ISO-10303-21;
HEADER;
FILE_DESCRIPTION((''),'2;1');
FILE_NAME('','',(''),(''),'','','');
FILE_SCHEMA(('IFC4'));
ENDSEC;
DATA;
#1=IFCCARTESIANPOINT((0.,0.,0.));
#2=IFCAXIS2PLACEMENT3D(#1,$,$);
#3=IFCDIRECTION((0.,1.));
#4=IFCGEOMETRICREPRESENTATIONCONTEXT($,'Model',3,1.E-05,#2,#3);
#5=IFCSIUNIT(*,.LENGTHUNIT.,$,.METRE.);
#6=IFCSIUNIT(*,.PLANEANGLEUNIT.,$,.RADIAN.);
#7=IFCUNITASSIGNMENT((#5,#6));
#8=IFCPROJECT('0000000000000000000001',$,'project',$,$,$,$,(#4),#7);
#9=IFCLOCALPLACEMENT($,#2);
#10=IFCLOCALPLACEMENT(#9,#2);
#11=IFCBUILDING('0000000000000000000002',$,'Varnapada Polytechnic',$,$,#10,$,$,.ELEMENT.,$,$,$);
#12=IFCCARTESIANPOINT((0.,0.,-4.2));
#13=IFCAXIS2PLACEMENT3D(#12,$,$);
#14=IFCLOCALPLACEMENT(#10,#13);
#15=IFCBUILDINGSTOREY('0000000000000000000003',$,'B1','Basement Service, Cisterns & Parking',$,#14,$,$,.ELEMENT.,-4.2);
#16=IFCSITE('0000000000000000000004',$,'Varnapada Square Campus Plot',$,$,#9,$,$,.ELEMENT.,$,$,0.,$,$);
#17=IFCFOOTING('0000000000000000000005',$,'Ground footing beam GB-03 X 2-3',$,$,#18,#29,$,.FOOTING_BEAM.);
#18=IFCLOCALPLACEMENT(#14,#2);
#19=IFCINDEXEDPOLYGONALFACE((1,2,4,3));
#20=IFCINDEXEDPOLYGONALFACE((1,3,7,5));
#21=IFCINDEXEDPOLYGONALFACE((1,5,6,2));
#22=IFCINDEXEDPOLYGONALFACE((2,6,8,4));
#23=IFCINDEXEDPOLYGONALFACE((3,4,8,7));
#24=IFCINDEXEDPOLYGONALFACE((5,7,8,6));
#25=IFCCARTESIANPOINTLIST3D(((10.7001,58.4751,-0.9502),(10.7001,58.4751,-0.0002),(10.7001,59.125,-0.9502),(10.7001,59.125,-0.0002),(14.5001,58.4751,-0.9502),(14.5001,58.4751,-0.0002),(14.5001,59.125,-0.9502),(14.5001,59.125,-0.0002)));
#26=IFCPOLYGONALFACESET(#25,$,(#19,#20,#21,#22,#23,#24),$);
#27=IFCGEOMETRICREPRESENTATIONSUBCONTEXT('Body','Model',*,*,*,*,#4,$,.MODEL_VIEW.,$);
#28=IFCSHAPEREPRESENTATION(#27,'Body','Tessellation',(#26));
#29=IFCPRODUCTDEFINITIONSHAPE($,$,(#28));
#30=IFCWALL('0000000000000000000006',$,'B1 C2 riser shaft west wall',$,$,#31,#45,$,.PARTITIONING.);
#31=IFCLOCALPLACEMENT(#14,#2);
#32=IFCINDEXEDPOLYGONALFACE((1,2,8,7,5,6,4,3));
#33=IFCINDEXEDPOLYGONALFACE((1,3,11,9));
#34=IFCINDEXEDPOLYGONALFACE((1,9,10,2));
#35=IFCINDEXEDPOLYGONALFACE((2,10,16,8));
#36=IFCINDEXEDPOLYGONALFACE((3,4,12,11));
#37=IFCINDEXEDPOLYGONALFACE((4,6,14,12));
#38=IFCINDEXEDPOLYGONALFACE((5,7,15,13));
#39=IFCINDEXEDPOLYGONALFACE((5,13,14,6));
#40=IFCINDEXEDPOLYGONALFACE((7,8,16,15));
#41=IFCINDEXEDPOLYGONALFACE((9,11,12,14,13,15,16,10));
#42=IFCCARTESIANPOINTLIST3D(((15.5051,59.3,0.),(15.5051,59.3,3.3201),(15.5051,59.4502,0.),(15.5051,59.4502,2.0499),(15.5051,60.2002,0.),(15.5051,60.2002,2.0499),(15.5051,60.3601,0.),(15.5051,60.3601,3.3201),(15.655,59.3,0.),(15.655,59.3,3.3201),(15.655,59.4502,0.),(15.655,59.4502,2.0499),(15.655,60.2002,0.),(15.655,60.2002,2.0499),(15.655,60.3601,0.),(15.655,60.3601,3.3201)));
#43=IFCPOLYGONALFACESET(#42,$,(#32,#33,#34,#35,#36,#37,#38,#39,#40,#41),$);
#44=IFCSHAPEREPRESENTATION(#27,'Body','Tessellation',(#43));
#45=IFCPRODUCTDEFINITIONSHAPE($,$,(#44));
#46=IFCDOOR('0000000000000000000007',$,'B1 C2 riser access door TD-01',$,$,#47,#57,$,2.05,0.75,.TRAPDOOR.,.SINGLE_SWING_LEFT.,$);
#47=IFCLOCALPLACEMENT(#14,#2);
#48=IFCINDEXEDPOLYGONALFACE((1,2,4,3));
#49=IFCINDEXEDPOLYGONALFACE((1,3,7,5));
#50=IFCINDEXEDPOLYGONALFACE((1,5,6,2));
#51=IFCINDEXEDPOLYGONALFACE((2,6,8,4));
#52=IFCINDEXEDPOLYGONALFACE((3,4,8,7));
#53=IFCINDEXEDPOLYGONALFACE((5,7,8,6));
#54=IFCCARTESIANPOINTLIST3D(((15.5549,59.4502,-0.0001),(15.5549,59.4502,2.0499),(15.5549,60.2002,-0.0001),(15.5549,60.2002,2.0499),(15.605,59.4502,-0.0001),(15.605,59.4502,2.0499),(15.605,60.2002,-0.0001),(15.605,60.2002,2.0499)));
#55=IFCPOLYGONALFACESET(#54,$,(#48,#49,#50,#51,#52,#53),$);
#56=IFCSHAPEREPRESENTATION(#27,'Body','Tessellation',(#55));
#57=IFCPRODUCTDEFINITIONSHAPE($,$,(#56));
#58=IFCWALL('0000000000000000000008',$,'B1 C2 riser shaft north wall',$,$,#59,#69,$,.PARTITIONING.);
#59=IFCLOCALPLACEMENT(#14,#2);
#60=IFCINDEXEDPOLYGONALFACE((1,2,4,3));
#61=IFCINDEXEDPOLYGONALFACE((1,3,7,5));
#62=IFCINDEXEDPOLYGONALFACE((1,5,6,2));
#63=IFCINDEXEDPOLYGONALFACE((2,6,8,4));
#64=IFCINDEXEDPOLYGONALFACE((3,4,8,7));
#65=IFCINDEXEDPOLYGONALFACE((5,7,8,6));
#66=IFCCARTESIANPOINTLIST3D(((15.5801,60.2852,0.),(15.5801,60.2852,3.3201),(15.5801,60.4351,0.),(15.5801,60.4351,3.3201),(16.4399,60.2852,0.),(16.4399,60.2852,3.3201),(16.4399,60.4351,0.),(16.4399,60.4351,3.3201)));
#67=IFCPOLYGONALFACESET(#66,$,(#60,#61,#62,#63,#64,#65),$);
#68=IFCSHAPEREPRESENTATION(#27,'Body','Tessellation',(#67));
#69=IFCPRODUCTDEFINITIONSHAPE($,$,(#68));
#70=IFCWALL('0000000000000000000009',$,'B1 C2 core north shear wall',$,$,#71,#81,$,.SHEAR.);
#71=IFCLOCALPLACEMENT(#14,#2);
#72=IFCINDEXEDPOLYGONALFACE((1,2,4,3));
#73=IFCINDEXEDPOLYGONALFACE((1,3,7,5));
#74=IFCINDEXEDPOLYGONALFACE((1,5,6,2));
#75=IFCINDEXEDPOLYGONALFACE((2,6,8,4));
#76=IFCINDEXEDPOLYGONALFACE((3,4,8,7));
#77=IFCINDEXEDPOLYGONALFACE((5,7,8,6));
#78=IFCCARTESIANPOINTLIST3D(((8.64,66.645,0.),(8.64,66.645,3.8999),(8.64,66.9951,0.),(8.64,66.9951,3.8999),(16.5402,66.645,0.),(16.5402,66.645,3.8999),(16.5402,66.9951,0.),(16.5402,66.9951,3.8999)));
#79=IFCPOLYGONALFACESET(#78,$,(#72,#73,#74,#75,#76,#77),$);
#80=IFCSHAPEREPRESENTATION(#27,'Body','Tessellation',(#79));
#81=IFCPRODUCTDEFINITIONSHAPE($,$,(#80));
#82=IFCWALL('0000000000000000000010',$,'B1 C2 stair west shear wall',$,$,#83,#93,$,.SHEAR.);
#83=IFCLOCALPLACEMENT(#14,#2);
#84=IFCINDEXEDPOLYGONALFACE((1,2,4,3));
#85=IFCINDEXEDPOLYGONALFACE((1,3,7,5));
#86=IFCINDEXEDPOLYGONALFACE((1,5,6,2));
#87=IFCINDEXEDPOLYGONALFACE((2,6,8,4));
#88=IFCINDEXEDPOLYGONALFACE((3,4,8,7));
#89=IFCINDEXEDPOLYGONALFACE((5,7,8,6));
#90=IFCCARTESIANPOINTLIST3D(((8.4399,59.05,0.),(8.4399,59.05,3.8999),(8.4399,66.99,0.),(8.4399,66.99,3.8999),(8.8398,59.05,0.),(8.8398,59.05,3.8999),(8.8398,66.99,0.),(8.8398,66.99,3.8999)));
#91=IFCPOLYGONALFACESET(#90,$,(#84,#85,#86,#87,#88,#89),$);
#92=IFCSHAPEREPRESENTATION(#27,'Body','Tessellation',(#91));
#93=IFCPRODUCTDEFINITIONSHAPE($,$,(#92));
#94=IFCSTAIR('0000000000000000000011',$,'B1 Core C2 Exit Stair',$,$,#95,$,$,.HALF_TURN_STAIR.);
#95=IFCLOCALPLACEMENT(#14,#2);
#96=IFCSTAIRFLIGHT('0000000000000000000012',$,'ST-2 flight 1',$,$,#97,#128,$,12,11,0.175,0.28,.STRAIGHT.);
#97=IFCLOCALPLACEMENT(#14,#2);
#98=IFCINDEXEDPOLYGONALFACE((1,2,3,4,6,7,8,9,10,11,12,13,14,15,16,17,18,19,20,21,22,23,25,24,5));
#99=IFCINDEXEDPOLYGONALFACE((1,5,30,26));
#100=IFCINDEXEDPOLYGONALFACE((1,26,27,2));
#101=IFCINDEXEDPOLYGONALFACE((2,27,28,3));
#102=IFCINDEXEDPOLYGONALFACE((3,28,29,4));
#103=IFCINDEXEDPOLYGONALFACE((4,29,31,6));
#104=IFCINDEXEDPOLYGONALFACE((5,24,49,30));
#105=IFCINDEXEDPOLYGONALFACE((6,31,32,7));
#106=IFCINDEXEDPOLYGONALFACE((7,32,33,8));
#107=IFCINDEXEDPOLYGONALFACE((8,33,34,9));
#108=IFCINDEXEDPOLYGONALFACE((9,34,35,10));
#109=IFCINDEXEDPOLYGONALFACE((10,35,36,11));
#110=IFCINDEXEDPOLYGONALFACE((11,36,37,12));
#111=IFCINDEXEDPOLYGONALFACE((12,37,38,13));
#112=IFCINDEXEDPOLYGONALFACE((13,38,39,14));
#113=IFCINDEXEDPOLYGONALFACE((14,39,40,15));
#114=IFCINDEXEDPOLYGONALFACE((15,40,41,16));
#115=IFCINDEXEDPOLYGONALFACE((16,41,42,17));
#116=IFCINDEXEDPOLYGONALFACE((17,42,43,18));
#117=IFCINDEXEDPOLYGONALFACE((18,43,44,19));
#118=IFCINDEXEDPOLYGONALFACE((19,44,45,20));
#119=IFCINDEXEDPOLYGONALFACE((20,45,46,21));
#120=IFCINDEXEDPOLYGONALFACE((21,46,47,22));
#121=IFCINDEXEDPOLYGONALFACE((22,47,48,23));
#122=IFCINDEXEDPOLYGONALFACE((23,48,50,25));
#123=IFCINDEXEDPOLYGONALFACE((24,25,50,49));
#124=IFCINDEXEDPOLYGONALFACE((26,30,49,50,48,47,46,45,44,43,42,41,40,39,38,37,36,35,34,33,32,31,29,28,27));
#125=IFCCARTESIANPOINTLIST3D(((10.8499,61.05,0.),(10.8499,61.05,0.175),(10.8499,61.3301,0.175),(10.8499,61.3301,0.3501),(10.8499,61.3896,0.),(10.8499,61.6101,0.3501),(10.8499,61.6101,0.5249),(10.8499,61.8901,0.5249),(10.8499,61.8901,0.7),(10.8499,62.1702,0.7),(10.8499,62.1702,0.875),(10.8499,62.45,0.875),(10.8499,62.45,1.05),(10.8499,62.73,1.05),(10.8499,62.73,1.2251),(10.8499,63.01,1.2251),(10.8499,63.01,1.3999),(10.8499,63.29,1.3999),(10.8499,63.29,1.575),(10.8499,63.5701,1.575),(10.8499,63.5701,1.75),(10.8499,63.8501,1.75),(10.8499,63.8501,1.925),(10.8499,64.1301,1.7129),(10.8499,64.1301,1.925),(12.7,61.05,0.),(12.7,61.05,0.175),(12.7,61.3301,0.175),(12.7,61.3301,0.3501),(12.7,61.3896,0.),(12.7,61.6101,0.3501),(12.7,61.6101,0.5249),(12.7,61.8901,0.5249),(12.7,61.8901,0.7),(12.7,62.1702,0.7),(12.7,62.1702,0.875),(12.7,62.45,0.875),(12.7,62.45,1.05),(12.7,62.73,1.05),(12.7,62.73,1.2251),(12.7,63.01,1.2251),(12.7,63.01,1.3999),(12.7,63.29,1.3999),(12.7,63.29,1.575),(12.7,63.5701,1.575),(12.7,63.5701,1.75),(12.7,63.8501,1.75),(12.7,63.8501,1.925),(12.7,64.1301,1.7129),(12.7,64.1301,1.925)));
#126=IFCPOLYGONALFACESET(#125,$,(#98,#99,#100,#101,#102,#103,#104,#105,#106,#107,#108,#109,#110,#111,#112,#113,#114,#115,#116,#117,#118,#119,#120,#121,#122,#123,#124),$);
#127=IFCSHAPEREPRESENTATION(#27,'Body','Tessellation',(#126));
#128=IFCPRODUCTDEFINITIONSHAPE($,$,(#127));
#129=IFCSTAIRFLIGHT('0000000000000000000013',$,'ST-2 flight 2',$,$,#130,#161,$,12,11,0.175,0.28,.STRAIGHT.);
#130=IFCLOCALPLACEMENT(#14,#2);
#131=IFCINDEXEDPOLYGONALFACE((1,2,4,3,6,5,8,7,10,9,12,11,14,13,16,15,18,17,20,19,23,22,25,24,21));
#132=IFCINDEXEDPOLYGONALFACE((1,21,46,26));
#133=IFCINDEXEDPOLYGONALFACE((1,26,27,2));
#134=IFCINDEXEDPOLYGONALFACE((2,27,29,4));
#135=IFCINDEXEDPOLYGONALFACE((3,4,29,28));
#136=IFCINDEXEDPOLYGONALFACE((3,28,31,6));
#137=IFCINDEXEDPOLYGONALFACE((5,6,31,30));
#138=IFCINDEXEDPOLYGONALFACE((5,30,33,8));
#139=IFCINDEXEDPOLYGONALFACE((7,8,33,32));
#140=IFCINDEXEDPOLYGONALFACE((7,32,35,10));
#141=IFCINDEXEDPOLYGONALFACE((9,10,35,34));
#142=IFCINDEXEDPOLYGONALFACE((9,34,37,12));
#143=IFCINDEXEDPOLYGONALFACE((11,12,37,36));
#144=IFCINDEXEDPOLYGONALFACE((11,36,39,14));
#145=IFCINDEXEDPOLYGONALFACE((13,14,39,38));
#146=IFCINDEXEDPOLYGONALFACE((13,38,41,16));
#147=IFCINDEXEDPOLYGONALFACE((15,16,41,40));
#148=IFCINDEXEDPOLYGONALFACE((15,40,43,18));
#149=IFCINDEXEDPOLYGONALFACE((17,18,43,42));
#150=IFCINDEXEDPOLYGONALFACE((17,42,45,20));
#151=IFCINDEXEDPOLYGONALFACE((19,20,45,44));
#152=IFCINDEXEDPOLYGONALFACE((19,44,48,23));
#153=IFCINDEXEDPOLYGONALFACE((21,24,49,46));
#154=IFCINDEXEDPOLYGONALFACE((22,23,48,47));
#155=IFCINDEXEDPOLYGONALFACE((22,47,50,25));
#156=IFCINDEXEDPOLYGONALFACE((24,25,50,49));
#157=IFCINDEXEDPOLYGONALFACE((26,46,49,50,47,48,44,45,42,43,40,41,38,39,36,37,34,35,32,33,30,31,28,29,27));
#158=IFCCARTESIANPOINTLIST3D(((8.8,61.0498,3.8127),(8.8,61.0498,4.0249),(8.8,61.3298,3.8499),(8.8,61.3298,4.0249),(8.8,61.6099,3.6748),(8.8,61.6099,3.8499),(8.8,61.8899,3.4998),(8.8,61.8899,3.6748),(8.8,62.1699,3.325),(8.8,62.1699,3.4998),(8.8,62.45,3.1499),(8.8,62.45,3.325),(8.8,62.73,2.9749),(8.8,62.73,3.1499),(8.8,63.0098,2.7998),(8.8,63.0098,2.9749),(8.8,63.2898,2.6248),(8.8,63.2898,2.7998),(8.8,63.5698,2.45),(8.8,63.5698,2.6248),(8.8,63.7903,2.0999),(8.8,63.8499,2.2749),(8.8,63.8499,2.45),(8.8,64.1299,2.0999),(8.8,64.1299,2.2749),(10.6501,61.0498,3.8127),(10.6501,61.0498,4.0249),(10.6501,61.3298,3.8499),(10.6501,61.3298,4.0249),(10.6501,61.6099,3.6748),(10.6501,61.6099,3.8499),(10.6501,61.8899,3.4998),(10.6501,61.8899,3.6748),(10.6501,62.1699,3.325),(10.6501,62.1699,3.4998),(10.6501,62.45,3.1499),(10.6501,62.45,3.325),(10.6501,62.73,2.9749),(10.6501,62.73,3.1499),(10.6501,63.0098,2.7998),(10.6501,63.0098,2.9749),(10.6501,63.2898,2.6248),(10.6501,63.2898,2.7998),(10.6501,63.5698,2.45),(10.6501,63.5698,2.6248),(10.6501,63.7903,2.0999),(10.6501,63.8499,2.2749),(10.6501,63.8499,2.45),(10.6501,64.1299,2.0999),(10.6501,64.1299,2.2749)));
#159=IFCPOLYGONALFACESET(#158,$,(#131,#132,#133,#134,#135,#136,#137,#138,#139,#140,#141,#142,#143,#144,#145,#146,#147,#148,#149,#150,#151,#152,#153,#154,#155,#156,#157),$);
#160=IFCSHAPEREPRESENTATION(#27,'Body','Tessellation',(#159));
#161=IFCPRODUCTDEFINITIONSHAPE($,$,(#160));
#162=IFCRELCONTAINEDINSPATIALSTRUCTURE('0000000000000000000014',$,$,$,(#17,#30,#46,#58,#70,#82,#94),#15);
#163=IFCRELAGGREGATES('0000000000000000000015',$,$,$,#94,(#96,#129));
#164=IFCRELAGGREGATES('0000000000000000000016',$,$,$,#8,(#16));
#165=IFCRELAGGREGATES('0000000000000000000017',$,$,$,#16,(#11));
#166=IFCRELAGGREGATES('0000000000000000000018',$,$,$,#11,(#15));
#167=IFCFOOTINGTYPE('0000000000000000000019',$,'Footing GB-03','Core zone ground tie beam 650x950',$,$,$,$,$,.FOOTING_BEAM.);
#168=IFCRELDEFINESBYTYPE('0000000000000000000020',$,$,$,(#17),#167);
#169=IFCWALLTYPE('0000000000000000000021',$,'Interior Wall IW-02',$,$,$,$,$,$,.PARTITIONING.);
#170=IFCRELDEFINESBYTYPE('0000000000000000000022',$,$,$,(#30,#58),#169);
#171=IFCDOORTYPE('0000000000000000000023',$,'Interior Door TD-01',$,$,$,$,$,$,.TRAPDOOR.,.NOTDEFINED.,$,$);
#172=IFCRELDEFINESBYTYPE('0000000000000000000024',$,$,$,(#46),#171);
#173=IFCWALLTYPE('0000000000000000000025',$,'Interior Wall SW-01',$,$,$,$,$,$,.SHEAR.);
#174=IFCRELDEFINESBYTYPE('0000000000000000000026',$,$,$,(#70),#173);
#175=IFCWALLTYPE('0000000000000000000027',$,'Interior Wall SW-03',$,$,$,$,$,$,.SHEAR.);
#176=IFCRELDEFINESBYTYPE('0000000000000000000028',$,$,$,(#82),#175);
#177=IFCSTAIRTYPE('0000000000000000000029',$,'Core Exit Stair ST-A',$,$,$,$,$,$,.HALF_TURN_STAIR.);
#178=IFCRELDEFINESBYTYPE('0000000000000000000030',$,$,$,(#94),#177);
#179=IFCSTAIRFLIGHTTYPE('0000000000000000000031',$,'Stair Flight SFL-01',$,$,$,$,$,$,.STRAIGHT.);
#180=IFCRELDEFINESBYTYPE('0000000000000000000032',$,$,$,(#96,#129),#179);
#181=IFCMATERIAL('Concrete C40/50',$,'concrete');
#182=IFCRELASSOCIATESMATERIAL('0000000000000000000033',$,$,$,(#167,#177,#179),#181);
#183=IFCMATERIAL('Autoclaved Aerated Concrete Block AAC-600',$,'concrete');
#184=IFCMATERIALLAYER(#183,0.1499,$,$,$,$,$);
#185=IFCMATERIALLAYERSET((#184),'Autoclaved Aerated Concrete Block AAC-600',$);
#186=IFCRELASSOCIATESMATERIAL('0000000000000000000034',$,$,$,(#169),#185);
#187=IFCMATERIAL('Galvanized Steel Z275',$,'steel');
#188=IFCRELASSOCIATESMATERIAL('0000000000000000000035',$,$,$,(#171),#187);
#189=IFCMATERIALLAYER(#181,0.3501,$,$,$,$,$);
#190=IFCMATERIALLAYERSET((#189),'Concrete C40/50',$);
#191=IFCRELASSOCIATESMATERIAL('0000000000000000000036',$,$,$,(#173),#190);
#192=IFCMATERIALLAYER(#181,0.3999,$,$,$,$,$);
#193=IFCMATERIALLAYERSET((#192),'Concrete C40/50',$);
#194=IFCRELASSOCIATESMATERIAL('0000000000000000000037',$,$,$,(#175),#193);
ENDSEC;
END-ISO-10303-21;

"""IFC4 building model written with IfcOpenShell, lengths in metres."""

from ifc_helpers import new_model, si_unit, direction, frame, frame_2d, origin, origin_2d, place, context, subcontext, project, spatial, polyline, rectangle, outline, extrude, material, layer, layer_set, type_object, element, fill, aggregate, save


model = new_model("IFC4")

# Units and contexts
model_context = context("Model", 3, precision=1e-05, world=origin(), true_north=direction((0.0, 1.0)))
body_context = subcontext(model_context, "Body", "Model", "MODEL_VIEW")
ifc_project = project(units=[si_unit("LENGTHUNIT", "METRE"), si_unit("PLANEANGLEUNIT", "RADIAN")], contexts=[model_context])

# Site, building, storey
site_placement = place(None, origin())
site = spatial("IfcSite", under=ifc_project, at=site_placement, Name="Varnapada Square Campus Plot", CompositionType="ELEMENT", RefElevation=0.0)
building_placement = place(site_placement, origin())
building = spatial("IfcBuilding", under=site, at=building_placement, Name="Varnapada Polytechnic", CompositionType="ELEMENT")
storey_placement = place(building_placement, frame((0.0, 0.0, -4.2)))
storey = spatial("IfcBuildingStorey", under=building, at=storey_placement, Name="B1", Description="Basement Service, Cisterns & Parking", CompositionType="ELEMENT", Elevation=-4.2)

# Shared definitions
ifc_material_1 = material(Name="Concrete C40/50", Category="concrete")

# Footing
footing_type = type_object("IfcFootingType", Name="Footing GB-03", Description="Core zone ground tie beam 650x950", PredefinedType="FOOTING_BEAM", material=ifc_material_1)
footing_placement = place(storey_placement, frame((12.6001, 58.8, -0.9502), z_axis=(0.0, 0.0, 1.0), x_axis=(1.0, 0.0, 0.0)))
element("IfcFooting", 1, at=footing_placement, inside=storey, type_object=footing_type, Name="Ground footing beam GB-03 X 2-3", PredefinedType="FOOTING_BEAM", context=body_context, shape_type="SweptSolid", body=[
    extrude(rectangle(XDim=3.8, YDim=0.6499, at=origin_2d()), origin(), (0.0, 0.0, 1.0), 0.95),
])

# Wall, opening, door
ifc_material_2 = material(Name="Autoclaved Aerated Concrete Block AAC-600", Category="concrete")
ifc_layer_1 = layer(ifc_material_2, 0.1499)
ifc_layer_set_1 = layer_set([ifc_layer_1], Name="Autoclaved Aerated Concrete Block AAC-600")
wall_type_1 = type_object("IfcWallType", Name="Interior Wall IW-02", PredefinedType="PARTITIONING", material=ifc_layer_set_1)
wall_1_placement = place(storey_placement, frame((15.5801, 60.3601, 0.0), z_axis=(0.0, 0.0, 1.0), x_axis=(0.0, -1.0, 0.0)))
wall_1 = element("IfcWall", 2, at=wall_1_placement, inside=storey, type_object=wall_type_1, Name="B1 C2 riser shaft west wall", PredefinedType="PARTITIONING", context=body_context, shape_type="SweptSolid", body=[
    extrude(rectangle(XDim=1.0601, YDim=0.1499, at=frame_2d((0.53, 0.0))), origin(), (0.0, 0.0, 1.0), 3.3201),
])
opening_1_placement = place(wall_1_placement, frame((0.1599, 0.0, 0.0)))
opening_1 = element("IfcOpeningElement", 3, at=opening_1_placement, cuts=wall_1, PredefinedType="OPENING", context=body_context, shape_type="SweptSolid", body=[
    extrude(rectangle(XDim=0.75, YDim=2.05, at=frame_2d((0.375, 1.0249))), frame((0.0, 0.085, 0.0), z_axis=(0.0, -1.0, 0.0), x_axis=(1.0, 0.0, 0.0)), (0.0, 0.0, 1.0), 0.1699),
])
ifc_material_3 = material(Name="Galvanized Steel Z275", Category="steel")
door_type_1 = type_object("IfcDoorType", Name="Interior Door TD-01", OperationType="NOTDEFINED", PredefinedType="TRAPDOOR", material=ifc_material_3)
door_1_placement = place(opening_1_placement, origin())
door_1 = element("IfcDoor", 4, at=door_1_placement, inside=storey, type_object=door_type_1, Name="B1 C2 riser access door TD-01", OperationType="SINGLE_SWING_LEFT", OverallHeight=2.05, OverallWidth=0.75, PredefinedType="TRAPDOOR", context=body_context, shape_type="SweptSolid", body=[
    extrude(rectangle(XDim=0.75, YDim=2.05, at=frame_2d((0.375, 1.0249))), frame((0.0, 0.0249, 0.0), z_axis=(0.0, -1.0, 0.0), x_axis=(1.0, 0.0, 0.0)), (0.0, 0.0, 1.0), 0.05),
])
fill(opening_1, door_1)

# Walls
wall_2_placement = place(storey_placement, frame((15.5801, 60.3601, 0.0), z_axis=(0.0, 0.0, 1.0), x_axis=(1.0, 0.0, 0.0)))
element("IfcWall", 5, at=wall_2_placement, inside=storey, type_object=wall_type_1, Name="B1 C2 riser shaft north wall", PredefinedType="PARTITIONING", context=body_context, shape_type="SweptSolid", body=[
    extrude(rectangle(XDim=0.8599, YDim=0.1499, at=frame_2d((0.4299, 0.0))), origin(), (0.0, 0.0, 1.0), 3.3201),
])
ifc_layer_2 = layer(ifc_material_1, 0.3501)
ifc_layer_set_2 = layer_set([ifc_layer_2], Name="Concrete C40/50")
wall_type_2 = type_object("IfcWallType", Name="Interior Wall SW-01", PredefinedType="SHEAR", material=ifc_layer_set_2)
wall_3_placement = place(storey_placement, frame((8.6399, 66.8201, 0.0), z_axis=(0.0, 0.0, 1.0), x_axis=(1.0, 0.0, 0.0)))
element("IfcWall", 6, at=wall_3_placement, inside=storey, type_object=wall_type_2, Name="B1 C2 core north shear wall", PredefinedType="SHEAR", context=body_context, shape_type="SweptSolid", body=[
    extrude(rectangle(XDim=7.9001, YDim=0.3501, at=frame_2d((3.9502, 0.0))), origin(), (0.0, 0.0, 1.0), 3.8999),
])

# Wall
ifc_layer_3 = layer(ifc_material_1, 0.3999)
ifc_layer_set_3 = layer_set([ifc_layer_3], Name="Concrete C40/50")
wall_type_3 = type_object("IfcWallType", Name="Interior Wall SW-03", PredefinedType="SHEAR", material=ifc_layer_set_3)
wall_4_placement = place(storey_placement, frame((8.6399, 59.05, 0.0), z_axis=(0.0, 0.0, 1.0), x_axis=(0.0, 1.0, 0.0)))
element("IfcWall", 7, at=wall_4_placement, inside=storey, type_object=wall_type_3, Name="B1 C2 stair west shear wall", PredefinedType="SHEAR", context=body_context, shape_type="SweptSolid", body=[
    extrude(rectangle(XDim=7.9399, YDim=0.3999, at=frame_2d((3.97, 0.0))), origin(), (0.0, 0.0, 1.0), 3.8999),
])

# Stair, stair flights
stair_type = type_object("IfcStairType", Name="Core Exit Stair ST-A", PredefinedType="HALF_TURN_STAIR", material=ifc_material_1)
stair_placement = place(storey_placement, origin())
stair = element("IfcStair", 8, at=stair_placement, inside=storey, type_object=stair_type, Name="B1 Core C2 Exit Stair", PredefinedType="HALF_TURN_STAIR")
stair_flight_type = type_object("IfcStairFlightType", Name="Stair Flight SFL-01", PredefinedType="STRAIGHT", material=ifc_material_1)
stair_flight_1_placement = place(storey_placement, frame((11.7749, 61.05, 0.0), z_axis=(0.0, 0.0, 1.0), x_axis=(0.0, 1.0, 0.0)))
stair_flight_1 = element("IfcStairFlight", 9, at=stair_flight_1_placement, type_object=stair_flight_type, Name="ST-2 flight 1", NumberOfRisers=12, NumberOfTreads=11, PredefinedType="STRAIGHT", RiserHeight=0.175, TreadLength=0.28, context=body_context, shape_type="SweptSolid", body=[
    extrude(outline(polyline([(0.0, 0.0), (0.0, 0.175), (0.28, 0.175), (0.28, 0.3501), (0.5601, 0.3501), (0.5601, 0.5249), (0.8401, 0.5249), (0.8401, 0.7), (1.1201, 0.7), (1.1201, 0.875), (1.3999, 0.875), (1.3999, 1.05), (1.6799, 1.05), (1.6799, 1.2251), (1.96, 1.2251), (1.96, 1.3999), (2.24, 1.3999), (2.24, 1.575), (2.52, 1.575), (2.52, 1.75), (2.8, 1.75), (2.8, 1.925), (3.0801, 1.925), (3.0801, 2.1001), (3.0801, 1.7129), (0.3396, 0.0), (0.0, 0.0)])), frame((0.0, 0.925, 0.0), z_axis=(0.0, -1.0, 0.0), x_axis=(1.0, 0.0, 0.0)), (0.0, 0.0, 1.0), 1.8501),
])
stair_flight_2_placement = place(storey_placement, frame((9.7251, 64.1299, 2.0999), z_axis=(0.0, 0.0, 1.0), x_axis=(0.0, -1.0, 0.0)))
stair_flight_2 = element("IfcStairFlight", 10, at=stair_flight_2_placement, type_object=stair_flight_type, Name="ST-2 flight 2", NumberOfRisers=12, NumberOfTreads=11, PredefinedType="STRAIGHT", RiserHeight=0.175, TreadLength=0.28, context=body_context, shape_type="SweptSolid", body=[
    extrude(outline(polyline([(0.0, 0.0), (0.0, 0.175), (0.28, 0.175), (0.28, 0.3501), (0.5601, 0.3501), (0.5601, 0.5249), (0.8401, 0.5249), (0.8401, 0.7), (1.1201, 0.7), (1.1201, 0.875), (1.3999, 0.875), (1.3999, 1.05), (1.6799, 1.05), (1.6799, 1.2251), (1.96, 1.2251), (1.96, 1.3999), (2.24, 1.3999), (2.24, 1.575), (2.52, 1.575), (2.52, 1.75), (2.8, 1.75), (2.8, 1.925), (3.0801, 1.925), (3.0801, 2.1001), (3.0801, 1.7129), (0.3396, 0.0), (0.0, 0.0)])), frame((0.0, 0.925, 0.0), z_axis=(0.0, -1.0, 0.0), x_axis=(1.0, 0.0, 0.0)), (0.0, 0.0, 1.0), 1.8501),
])
aggregate(stair, [stair_flight_1, stair_flight_2])

save(model, "model.ifc")
